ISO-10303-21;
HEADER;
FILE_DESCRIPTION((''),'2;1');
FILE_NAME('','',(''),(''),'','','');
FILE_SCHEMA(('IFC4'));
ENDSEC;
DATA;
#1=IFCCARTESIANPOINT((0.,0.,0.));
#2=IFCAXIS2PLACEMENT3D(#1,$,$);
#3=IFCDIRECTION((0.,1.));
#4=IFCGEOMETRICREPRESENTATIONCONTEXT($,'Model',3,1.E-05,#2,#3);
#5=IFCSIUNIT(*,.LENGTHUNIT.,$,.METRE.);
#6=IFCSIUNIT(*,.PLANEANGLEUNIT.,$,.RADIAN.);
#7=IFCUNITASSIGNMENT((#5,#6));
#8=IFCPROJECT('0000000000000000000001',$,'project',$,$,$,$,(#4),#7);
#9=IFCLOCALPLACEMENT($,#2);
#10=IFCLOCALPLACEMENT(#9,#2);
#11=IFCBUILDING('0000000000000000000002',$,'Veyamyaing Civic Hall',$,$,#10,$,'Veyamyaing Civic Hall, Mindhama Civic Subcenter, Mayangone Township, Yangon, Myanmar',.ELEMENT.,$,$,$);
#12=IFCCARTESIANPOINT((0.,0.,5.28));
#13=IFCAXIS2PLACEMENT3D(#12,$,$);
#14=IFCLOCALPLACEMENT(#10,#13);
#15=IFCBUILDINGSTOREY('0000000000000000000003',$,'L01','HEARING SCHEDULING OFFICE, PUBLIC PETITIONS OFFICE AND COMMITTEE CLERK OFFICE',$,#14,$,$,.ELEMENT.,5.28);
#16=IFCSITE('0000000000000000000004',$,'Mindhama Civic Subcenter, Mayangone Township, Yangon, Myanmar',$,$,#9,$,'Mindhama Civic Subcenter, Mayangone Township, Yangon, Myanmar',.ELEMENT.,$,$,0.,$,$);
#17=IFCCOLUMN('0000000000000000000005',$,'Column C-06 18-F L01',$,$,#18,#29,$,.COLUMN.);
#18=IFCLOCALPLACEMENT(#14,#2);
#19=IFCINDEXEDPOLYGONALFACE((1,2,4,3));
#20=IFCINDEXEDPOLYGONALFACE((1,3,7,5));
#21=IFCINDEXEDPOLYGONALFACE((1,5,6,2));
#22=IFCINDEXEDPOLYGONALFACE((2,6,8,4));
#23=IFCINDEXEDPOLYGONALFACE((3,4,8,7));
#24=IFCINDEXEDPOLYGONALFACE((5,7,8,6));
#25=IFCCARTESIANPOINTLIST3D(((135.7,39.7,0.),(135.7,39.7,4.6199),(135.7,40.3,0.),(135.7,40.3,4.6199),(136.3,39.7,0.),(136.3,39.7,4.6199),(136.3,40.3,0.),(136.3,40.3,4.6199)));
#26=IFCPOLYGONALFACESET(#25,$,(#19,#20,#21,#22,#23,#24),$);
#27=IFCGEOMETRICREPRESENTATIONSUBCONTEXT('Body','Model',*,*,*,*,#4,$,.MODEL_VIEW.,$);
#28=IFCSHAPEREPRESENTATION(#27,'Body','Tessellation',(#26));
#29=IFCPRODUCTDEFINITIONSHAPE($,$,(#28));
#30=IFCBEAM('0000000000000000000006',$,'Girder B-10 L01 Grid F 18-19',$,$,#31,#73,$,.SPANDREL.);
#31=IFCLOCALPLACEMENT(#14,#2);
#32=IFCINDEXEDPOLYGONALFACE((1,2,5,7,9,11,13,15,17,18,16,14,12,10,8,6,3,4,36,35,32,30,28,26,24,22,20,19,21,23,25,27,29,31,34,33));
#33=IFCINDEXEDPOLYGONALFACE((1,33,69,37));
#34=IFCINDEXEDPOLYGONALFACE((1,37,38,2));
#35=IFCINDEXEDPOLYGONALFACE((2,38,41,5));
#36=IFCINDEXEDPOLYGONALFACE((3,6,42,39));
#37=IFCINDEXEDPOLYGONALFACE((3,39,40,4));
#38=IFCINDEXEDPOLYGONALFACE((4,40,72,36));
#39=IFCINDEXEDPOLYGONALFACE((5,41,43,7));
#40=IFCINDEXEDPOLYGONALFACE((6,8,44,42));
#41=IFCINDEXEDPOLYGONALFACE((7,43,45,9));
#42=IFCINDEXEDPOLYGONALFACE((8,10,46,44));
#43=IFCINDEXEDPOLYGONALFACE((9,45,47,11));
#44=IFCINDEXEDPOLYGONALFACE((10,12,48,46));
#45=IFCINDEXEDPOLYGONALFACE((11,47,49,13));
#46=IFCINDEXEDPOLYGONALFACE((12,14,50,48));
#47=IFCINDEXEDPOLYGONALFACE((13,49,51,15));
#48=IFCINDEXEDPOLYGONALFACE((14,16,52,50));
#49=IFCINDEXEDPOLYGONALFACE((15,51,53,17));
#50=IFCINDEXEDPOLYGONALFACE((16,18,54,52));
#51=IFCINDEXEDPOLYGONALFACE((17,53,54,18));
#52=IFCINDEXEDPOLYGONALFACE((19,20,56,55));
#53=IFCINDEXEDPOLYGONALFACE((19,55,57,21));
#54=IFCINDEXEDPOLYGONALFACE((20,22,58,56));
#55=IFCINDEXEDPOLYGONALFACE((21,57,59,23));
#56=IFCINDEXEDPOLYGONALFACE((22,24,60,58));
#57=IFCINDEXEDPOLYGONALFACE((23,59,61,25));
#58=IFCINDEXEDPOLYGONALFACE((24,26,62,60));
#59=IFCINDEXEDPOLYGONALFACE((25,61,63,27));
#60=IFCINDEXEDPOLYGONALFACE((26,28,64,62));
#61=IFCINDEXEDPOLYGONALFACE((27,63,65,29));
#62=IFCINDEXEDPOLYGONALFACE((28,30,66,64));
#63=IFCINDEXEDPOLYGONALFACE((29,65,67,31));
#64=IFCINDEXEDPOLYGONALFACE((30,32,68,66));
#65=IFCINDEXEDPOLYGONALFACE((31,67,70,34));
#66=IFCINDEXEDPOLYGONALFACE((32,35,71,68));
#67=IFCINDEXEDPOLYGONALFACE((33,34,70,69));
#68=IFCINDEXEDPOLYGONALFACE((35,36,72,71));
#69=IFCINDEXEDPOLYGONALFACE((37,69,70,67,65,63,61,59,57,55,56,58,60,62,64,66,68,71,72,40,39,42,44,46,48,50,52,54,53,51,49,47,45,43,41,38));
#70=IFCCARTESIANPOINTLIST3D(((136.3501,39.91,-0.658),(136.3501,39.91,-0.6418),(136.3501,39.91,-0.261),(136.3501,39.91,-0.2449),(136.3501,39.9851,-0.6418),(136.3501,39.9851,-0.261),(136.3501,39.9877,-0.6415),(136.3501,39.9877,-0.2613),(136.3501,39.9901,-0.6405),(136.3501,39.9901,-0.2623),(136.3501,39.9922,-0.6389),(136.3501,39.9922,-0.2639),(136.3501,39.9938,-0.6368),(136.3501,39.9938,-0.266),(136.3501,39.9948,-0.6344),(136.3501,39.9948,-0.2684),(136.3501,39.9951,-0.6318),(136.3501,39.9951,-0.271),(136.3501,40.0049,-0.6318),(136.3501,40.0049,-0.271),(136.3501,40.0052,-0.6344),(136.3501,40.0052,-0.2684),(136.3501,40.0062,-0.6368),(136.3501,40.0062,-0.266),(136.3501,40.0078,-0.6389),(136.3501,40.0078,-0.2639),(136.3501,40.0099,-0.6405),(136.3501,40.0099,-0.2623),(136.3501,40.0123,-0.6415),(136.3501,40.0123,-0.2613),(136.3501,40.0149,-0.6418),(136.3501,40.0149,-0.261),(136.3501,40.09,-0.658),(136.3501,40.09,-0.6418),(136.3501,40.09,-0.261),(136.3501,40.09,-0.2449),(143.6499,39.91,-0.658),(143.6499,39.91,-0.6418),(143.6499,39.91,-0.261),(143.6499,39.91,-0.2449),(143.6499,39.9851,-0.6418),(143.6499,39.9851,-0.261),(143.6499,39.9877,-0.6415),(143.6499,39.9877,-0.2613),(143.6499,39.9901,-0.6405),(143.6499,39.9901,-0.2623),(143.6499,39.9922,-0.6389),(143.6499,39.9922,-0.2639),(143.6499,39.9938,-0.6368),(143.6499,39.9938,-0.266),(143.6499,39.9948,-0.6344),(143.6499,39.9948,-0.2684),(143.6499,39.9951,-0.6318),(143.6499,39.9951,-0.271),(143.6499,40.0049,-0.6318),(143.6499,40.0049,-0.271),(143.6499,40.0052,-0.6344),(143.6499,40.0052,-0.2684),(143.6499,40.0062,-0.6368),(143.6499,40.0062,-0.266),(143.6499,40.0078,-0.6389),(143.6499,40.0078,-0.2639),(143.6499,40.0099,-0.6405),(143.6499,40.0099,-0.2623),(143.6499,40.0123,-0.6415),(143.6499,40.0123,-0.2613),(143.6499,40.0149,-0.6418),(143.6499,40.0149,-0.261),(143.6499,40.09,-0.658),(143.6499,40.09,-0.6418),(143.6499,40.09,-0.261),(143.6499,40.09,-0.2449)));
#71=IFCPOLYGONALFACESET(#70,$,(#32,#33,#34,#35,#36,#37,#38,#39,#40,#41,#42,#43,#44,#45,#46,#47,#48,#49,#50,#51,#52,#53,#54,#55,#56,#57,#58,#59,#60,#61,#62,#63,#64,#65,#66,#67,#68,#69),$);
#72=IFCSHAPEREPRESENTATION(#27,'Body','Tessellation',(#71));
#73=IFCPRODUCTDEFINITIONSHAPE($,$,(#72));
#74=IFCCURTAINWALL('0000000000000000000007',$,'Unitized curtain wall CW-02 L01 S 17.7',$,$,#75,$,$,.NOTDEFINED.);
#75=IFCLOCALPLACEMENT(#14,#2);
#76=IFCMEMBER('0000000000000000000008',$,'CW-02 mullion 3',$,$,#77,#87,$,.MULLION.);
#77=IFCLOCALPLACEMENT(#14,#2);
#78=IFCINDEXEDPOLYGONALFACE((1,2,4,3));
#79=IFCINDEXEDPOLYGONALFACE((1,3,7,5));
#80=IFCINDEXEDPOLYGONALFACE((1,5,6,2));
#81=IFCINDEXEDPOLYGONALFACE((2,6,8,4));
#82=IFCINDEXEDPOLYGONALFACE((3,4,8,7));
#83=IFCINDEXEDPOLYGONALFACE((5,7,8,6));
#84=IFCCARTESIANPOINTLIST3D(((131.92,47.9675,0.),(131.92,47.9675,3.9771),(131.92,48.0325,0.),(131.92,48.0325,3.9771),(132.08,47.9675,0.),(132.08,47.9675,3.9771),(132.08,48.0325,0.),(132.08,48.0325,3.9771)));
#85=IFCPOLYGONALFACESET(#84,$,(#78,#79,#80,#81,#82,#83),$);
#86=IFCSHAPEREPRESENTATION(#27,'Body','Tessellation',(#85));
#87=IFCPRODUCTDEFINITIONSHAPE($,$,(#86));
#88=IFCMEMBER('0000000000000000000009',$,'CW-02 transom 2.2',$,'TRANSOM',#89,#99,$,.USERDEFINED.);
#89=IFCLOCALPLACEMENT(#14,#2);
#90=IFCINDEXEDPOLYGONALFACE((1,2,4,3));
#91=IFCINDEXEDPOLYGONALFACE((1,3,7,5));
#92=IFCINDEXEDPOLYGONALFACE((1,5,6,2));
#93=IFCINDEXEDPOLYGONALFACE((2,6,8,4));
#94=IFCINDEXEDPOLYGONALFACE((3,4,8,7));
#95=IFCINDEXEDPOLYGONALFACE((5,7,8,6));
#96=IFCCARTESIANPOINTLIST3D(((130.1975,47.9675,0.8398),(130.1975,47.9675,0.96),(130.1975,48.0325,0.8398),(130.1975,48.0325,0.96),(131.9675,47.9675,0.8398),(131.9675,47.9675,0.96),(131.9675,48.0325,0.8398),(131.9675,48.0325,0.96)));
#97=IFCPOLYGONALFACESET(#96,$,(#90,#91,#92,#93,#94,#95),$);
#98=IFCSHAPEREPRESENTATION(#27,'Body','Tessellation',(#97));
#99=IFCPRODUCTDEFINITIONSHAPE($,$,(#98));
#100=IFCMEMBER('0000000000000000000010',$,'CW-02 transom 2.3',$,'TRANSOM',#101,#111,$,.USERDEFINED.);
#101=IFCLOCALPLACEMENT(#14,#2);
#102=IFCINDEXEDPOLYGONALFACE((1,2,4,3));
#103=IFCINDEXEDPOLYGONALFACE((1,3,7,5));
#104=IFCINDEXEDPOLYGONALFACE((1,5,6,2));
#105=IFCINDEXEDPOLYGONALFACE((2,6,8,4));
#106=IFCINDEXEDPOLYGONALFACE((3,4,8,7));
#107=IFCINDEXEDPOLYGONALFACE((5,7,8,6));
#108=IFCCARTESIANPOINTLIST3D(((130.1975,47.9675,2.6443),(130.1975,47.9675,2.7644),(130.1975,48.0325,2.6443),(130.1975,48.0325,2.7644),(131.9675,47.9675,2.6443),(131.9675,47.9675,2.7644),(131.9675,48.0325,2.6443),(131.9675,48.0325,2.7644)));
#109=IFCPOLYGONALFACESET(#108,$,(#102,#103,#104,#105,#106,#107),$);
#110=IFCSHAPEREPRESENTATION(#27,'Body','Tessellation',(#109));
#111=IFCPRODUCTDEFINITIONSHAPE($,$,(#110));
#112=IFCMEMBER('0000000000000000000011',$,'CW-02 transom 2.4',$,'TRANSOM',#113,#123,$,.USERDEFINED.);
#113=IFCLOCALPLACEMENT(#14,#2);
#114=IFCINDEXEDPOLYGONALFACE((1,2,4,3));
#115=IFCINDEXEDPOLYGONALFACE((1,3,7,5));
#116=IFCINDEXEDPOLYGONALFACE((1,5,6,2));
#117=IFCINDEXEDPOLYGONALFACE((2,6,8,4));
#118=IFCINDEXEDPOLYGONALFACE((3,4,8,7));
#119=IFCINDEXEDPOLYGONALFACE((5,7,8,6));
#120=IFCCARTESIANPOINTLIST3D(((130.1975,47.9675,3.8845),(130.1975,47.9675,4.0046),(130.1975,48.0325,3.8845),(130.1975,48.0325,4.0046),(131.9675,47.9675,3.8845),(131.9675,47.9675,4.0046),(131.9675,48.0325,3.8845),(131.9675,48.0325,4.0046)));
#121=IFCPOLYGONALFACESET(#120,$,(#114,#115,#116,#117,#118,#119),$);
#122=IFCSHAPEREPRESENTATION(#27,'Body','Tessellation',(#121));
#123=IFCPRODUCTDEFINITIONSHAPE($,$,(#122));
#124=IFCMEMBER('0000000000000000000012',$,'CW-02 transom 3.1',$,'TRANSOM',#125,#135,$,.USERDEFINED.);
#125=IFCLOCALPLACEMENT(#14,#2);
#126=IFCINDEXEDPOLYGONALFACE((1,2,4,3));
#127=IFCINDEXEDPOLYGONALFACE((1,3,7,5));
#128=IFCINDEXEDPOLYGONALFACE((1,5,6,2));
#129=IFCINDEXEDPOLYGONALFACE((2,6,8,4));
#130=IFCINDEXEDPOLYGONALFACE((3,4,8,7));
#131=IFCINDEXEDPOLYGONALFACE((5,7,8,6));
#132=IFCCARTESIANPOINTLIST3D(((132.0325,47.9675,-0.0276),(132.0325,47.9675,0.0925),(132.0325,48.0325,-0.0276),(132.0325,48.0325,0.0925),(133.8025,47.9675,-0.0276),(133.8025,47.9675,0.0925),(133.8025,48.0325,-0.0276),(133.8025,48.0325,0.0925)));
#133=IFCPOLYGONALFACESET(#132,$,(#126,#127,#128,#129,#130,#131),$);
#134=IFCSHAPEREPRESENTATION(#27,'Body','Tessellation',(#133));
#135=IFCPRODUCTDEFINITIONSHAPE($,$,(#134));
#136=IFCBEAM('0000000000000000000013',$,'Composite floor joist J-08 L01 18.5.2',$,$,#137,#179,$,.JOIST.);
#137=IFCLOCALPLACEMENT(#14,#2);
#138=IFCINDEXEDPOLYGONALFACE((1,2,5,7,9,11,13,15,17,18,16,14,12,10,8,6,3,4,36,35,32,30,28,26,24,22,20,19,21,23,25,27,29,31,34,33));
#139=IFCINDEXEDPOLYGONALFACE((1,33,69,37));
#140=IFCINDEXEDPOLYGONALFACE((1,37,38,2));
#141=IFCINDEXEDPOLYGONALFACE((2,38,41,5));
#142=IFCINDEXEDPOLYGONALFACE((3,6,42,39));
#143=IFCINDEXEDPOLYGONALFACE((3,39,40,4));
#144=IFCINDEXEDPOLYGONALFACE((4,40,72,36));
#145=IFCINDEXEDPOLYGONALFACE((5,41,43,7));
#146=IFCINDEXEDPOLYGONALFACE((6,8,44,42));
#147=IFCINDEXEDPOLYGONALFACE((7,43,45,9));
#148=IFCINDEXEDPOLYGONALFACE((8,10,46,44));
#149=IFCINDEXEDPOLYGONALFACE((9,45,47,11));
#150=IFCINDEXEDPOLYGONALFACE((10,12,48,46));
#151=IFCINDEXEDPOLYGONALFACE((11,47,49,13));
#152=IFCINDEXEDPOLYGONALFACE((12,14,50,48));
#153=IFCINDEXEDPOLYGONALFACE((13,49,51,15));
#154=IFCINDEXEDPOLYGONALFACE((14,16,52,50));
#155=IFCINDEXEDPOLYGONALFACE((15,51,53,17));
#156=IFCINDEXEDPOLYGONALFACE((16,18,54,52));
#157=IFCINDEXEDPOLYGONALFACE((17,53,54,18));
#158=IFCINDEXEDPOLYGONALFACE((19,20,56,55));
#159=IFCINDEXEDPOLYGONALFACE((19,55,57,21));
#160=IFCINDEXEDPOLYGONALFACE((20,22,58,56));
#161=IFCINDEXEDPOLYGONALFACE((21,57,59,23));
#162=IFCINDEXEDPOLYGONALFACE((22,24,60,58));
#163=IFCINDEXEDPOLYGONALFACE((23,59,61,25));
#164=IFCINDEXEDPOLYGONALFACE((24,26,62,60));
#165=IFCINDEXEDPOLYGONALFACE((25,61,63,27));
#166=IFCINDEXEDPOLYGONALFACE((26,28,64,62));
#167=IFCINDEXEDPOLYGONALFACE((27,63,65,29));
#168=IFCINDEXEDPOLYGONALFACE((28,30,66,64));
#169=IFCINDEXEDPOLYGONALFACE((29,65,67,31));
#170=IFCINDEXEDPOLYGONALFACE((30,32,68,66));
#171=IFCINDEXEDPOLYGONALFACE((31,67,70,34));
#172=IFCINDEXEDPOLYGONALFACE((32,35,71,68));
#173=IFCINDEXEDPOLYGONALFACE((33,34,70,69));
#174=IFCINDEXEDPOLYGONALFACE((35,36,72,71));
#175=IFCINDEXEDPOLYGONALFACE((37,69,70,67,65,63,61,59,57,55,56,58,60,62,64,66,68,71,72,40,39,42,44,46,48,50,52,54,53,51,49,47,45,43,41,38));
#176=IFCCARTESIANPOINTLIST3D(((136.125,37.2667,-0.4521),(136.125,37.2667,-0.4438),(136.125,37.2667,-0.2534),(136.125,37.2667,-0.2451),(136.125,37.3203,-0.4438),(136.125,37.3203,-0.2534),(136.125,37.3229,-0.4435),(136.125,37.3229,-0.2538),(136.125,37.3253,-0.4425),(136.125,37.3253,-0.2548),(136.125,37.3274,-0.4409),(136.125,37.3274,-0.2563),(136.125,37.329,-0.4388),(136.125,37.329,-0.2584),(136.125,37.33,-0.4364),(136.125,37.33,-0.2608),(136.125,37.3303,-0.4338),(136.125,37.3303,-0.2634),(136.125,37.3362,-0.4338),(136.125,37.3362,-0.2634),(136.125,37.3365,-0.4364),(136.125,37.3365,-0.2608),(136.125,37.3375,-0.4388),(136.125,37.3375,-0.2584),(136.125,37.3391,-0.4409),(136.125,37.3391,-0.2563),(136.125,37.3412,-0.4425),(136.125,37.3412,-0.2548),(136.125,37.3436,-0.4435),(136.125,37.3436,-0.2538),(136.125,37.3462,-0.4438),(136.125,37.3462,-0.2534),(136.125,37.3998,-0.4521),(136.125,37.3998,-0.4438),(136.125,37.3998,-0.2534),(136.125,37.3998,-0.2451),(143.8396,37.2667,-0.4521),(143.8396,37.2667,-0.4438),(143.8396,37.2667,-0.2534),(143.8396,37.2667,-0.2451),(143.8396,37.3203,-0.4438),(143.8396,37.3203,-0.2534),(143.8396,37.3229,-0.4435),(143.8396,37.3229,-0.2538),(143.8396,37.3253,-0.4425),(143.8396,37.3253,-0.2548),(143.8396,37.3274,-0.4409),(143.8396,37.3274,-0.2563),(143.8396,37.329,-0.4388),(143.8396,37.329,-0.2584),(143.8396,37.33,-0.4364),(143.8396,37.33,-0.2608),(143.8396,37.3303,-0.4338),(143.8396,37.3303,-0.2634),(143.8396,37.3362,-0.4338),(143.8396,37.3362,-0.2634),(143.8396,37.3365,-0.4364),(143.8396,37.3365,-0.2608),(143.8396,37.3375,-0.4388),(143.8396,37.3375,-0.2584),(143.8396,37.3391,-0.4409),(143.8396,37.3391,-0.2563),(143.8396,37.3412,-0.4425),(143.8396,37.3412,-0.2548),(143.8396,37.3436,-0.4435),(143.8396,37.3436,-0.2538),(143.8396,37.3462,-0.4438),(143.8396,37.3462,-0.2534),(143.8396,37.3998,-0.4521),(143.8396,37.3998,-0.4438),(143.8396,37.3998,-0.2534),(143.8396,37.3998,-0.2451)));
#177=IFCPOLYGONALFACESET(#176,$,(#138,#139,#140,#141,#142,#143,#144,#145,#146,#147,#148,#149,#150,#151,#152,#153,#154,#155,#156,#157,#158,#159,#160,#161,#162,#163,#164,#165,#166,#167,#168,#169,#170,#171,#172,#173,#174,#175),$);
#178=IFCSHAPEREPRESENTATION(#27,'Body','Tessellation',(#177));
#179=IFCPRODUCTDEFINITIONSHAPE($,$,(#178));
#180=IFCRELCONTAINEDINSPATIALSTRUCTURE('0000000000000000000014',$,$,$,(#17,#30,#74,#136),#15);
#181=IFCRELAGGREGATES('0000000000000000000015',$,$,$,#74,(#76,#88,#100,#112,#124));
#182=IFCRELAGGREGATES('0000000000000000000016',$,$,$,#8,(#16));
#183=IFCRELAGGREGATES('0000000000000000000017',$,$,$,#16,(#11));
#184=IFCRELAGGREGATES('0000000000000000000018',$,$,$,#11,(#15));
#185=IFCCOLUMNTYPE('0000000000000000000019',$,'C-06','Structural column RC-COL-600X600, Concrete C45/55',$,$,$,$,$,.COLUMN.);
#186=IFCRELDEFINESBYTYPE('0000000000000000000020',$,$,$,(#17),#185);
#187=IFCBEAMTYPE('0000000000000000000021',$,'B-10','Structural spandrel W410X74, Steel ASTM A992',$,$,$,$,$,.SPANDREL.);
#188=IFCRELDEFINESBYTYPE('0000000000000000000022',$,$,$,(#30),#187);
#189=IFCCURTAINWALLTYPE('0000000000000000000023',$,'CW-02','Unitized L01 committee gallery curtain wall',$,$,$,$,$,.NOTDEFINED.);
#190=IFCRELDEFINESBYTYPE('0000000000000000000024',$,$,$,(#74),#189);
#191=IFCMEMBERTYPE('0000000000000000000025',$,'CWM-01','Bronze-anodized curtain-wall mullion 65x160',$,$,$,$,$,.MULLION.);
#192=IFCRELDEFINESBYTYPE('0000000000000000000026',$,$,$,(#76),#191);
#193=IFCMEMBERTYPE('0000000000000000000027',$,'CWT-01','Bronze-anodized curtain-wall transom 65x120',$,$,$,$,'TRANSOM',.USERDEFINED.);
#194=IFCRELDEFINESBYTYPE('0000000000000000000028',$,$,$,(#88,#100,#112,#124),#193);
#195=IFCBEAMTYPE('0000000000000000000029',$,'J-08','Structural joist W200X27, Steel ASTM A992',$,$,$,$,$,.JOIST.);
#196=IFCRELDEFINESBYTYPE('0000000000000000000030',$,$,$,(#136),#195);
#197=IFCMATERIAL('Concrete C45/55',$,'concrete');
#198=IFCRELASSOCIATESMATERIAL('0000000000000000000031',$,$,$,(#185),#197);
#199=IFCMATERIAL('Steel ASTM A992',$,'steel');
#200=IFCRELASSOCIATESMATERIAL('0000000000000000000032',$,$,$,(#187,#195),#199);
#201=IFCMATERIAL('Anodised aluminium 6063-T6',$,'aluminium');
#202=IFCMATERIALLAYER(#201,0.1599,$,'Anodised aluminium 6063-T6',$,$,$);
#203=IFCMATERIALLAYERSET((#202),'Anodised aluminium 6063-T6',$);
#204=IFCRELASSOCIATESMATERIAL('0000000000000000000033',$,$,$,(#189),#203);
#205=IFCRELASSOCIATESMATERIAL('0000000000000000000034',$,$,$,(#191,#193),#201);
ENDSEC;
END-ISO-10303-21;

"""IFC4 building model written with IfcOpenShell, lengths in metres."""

from ifc_helpers import new_model, si_unit, direction, frame, origin, origin_2d, place, context, subcontext, project, spatial, rectangle, i_section, extrude, material, layer, layer_set, material_profile, profile_set, type_object, element, aggregate, save


model = new_model("IFC4")

# Units and contexts
model_context = context("Model", 3, precision=1e-05, world=origin(), true_north=direction((0.0, 1.0)))
body_context = subcontext(model_context, "Body", "Model", "MODEL_VIEW")
ifc_project = project(units=[si_unit("LENGTHUNIT", "METRE"), si_unit("PLANEANGLEUNIT", "RADIAN")], contexts=[model_context])

# Site, building, storey
site_placement = place(None, origin())
site = spatial("IfcSite", under=ifc_project, at=site_placement, Name="Mindhama Civic Subcenter, Mayangone Township, Yangon, Myanmar", LongName="Mindhama Civic Subcenter, Mayangone Township, Yangon, Myanmar", CompositionType="ELEMENT", RefElevation=0.0)
building_placement = place(site_placement, origin())
building = spatial("IfcBuilding", under=site, at=building_placement, Name="Veyamyaing Civic Hall", LongName="Veyamyaing Civic Hall, Mindhama Civic Subcenter, Mayangone Township, Yangon, Myanmar", CompositionType="ELEMENT")
storey_placement = place(building_placement, frame((0.0, 0.0, 5.28)))
storey = spatial("IfcBuildingStorey", under=building, at=storey_placement, Name="L01", Description="HEARING SCHEDULING OFFICE, PUBLIC PETITIONS OFFICE AND COMMITTEE CLERK OFFICE", CompositionType="ELEMENT", Elevation=5.28)

# Column
ifc_material_1 = material(Name="Concrete C45/55", Category="concrete")
ifc_material_profile_1 = material_profile(ifc_material_1, rectangle(XDim=0.6001, YDim=0.6001, at=origin_2d()), Name="RC-COL-600X600")
ifc_profile_set_1 = profile_set([ifc_material_profile_1], Name="Concrete C45/55")
column_type = type_object("IfcColumnType", Name="C-06", Description="Structural column RC-COL-600X600, Concrete C45/55", PredefinedType="COLUMN", material=ifc_profile_set_1)
column_placement = place(storey_placement, frame((136.0, 40.0, 0.0), z_axis=(0.0, 0.0, 1.0), x_axis=(1.0, 0.0, 0.0)))
element("IfcColumn", 1, at=column_placement, inside=storey, type_object=column_type, Name="Column C-06 18-F L01", PredefinedType="COLUMN", context=body_context, shape_type="SweptSolid", body=[
    extrude(rectangle(XDim=0.6001, YDim=0.6001, at=origin_2d()), origin(), (0.0, 0.0, 1.0), 4.6199),
])

# Beam
ifc_material_2 = material(Name="Steel ASTM A992", Category="steel")
ifc_material_profile_2 = material_profile(ifc_material_2, i_section(OverallWidth=0.1799, OverallDepth=0.4131, WebThickness=0.0098, FlangeThickness=0.0161, FilletRadius=0.01, at=origin_2d()), Name="W410X74")
ifc_profile_set_2 = profile_set([ifc_material_profile_2], Name="Steel ASTM A992")
beam_type_1 = type_object("IfcBeamType", Name="B-10", Description="Structural spandrel W410X74, Steel ASTM A992", PredefinedType="SPANDREL", material=ifc_profile_set_2)
beam_1_placement = place(storey_placement, frame((136.3501, 40.0, -0.4514), z_axis=(1.0, 0.0, 0.0), x_axis=(0.0, 1.0, 0.0)))
element("IfcBeam", 2, at=beam_1_placement, inside=storey, type_object=beam_type_1, Name="Girder B-10 L01 Grid F 18-19", PredefinedType="SPANDREL", context=body_context, shape_type="SweptSolid", body=[
    extrude(i_section(OverallWidth=0.1799, OverallDepth=0.4131, WebThickness=0.0098, FlangeThickness=0.0161, FilletRadius=0.01, at=origin_2d()), origin(), (0.0, 0.0, 1.0), 7.2998),
])

# Curtain wall, members
ifc_material_3 = material(Name="Anodised aluminium 6063-T6", Category="aluminium")
ifc_layer_1 = layer(ifc_material_3, 0.1599, Name="Anodised aluminium 6063-T6")
ifc_layer_set_1 = layer_set([ifc_layer_1], Name="Anodised aluminium 6063-T6")
curtain_wall_type = type_object("IfcCurtainWallType", Name="CW-02", Description="Unitized L01 committee gallery curtain wall", PredefinedType="NOTDEFINED", material=ifc_layer_set_1)
curtain_wall_placement = place(storey_placement, origin())
curtain_wall = element("IfcCurtainWall", 3, at=curtain_wall_placement, inside=storey, type_object=curtain_wall_type, Name="Unitized curtain wall CW-02 L01 S 17.7", PredefinedType="NOTDEFINED")
ifc_material_profile_3 = material_profile(ifc_material_3, rectangle(XDim=0.0649, YDim=0.1599, at=origin_2d()), Name="ALU-MUL-65X160")
ifc_profile_set_3 = profile_set([ifc_material_profile_3], Name="Anodised aluminium 6063-T6")
member_type_1 = type_object("IfcMemberType", Name="CWM-01", Description="Bronze-anodized curtain-wall mullion 65x160", PredefinedType="MULLION", material=ifc_profile_set_3)
member_1_placement = place(storey_placement, frame((132.0, 48.0, 0.0), z_axis=(0.0, 0.0, 1.0), x_axis=(0.0, 1.0, 0.0)))
member_1 = element("IfcMember", 4, at=member_1_placement, type_object=member_type_1, Name="CW-02 mullion 3", PredefinedType="MULLION", context=body_context, shape_type="SweptSolid", body=[
    extrude(rectangle(XDim=0.0649, YDim=0.1599, at=origin_2d()), origin(), (0.0, 0.0, 1.0), 3.9771),
])
ifc_material_profile_4 = material_profile(ifc_material_3, rectangle(XDim=0.0649, YDim=0.1201, at=origin_2d()), Name="ALU-TRN-65X120")
ifc_profile_set_4 = profile_set([ifc_material_profile_4], Name="Anodised aluminium 6063-T6")
member_type_2 = type_object("IfcMemberType", Name="CWT-01", Description="Bronze-anodized curtain-wall transom 65x120", ElementType="TRANSOM", PredefinedType="USERDEFINED", material=ifc_profile_set_4)
member_2_placement = place(storey_placement, frame((130.1975, 48.0, 0.8999), z_axis=(1.0, 0.0, 0.0), x_axis=(0.0, 1.0, 0.0)))
member_2 = element("IfcMember", 5, at=member_2_placement, type_object=member_type_2, Name="CW-02 transom 2.2", ObjectType="TRANSOM", PredefinedType="USERDEFINED", context=body_context, shape_type="SweptSolid", body=[
    extrude(rectangle(XDim=0.0649, YDim=0.1201, at=origin_2d()), origin(), (0.0, 0.0, 1.0), 1.77),
])
member_3_placement = place(storey_placement, frame((130.1975, 48.0, 2.7043), z_axis=(1.0, 0.0, 0.0), x_axis=(0.0, 1.0, 0.0)))
member_3 = element("IfcMember", 6, at=member_3_placement, type_object=member_type_2, Name="CW-02 transom 2.3", ObjectType="TRANSOM", PredefinedType="USERDEFINED", context=body_context, shape_type="SweptSolid", body=[
    extrude(rectangle(XDim=0.0649, YDim=0.1201, at=origin_2d()), origin(), (0.0, 0.0, 1.0), 1.77),
])
member_4_placement = place(storey_placement, frame((130.1975, 48.0, 3.9446), z_axis=(1.0, 0.0, 0.0), x_axis=(0.0, 1.0, 0.0)))
member_4 = element("IfcMember", 7, at=member_4_placement, type_object=member_type_2, Name="CW-02 transom 2.4", ObjectType="TRANSOM", PredefinedType="USERDEFINED", context=body_context, shape_type="SweptSolid", body=[
    extrude(rectangle(XDim=0.0649, YDim=0.1201, at=origin_2d()), origin(), (0.0, 0.0, 1.0), 1.77),
])
member_5_placement = place(storey_placement, frame((132.0325, 48.0, 0.0325), z_axis=(1.0, 0.0, 0.0), x_axis=(0.0, 1.0, 0.0)))
member_5 = element("IfcMember", 8, at=member_5_placement, type_object=member_type_2, Name="CW-02 transom 3.1", ObjectType="TRANSOM", PredefinedType="USERDEFINED", context=body_context, shape_type="SweptSolid", body=[
    extrude(rectangle(XDim=0.0649, YDim=0.1201, at=origin_2d()), origin(), (0.0, 0.0, 1.0), 1.77),
])

# Beam
ifc_material_profile_5 = material_profile(ifc_material_2, i_section(OverallWidth=0.1331, OverallDepth=0.207, WebThickness=0.0059, FlangeThickness=0.0083, FilletRadius=0.01, at=origin_2d()), Name="W200X27")
ifc_profile_set_5 = profile_set([ifc_material_profile_5], Name="Steel ASTM A992")
beam_type_2 = type_object("IfcBeamType", Name="J-08", Description="Structural joist W200X27, Steel ASTM A992", PredefinedType="JOIST", material=ifc_profile_set_5)
beam_2_placement = place(storey_placement, frame((136.125, 37.3333, -0.3486), z_axis=(1.0, 0.0, 0.0), x_axis=(0.0, 1.0, 0.0)))
element("IfcBeam", 9, at=beam_2_placement, inside=storey, type_object=beam_type_2, Name="Composite floor joist J-08 L01 18.5.2", PredefinedType="JOIST", context=body_context, shape_type="SweptSolid", body=[
    extrude(i_section(OverallWidth=0.1331, OverallDepth=0.207, WebThickness=0.0059, FlangeThickness=0.0083, FilletRadius=0.01, at=origin_2d()), origin(), (0.0, 0.0, 1.0), 7.7146),
])

aggregate(curtain_wall, [member_1, member_2, member_3, member_4, member_5])

save(model, "model.ifc")
